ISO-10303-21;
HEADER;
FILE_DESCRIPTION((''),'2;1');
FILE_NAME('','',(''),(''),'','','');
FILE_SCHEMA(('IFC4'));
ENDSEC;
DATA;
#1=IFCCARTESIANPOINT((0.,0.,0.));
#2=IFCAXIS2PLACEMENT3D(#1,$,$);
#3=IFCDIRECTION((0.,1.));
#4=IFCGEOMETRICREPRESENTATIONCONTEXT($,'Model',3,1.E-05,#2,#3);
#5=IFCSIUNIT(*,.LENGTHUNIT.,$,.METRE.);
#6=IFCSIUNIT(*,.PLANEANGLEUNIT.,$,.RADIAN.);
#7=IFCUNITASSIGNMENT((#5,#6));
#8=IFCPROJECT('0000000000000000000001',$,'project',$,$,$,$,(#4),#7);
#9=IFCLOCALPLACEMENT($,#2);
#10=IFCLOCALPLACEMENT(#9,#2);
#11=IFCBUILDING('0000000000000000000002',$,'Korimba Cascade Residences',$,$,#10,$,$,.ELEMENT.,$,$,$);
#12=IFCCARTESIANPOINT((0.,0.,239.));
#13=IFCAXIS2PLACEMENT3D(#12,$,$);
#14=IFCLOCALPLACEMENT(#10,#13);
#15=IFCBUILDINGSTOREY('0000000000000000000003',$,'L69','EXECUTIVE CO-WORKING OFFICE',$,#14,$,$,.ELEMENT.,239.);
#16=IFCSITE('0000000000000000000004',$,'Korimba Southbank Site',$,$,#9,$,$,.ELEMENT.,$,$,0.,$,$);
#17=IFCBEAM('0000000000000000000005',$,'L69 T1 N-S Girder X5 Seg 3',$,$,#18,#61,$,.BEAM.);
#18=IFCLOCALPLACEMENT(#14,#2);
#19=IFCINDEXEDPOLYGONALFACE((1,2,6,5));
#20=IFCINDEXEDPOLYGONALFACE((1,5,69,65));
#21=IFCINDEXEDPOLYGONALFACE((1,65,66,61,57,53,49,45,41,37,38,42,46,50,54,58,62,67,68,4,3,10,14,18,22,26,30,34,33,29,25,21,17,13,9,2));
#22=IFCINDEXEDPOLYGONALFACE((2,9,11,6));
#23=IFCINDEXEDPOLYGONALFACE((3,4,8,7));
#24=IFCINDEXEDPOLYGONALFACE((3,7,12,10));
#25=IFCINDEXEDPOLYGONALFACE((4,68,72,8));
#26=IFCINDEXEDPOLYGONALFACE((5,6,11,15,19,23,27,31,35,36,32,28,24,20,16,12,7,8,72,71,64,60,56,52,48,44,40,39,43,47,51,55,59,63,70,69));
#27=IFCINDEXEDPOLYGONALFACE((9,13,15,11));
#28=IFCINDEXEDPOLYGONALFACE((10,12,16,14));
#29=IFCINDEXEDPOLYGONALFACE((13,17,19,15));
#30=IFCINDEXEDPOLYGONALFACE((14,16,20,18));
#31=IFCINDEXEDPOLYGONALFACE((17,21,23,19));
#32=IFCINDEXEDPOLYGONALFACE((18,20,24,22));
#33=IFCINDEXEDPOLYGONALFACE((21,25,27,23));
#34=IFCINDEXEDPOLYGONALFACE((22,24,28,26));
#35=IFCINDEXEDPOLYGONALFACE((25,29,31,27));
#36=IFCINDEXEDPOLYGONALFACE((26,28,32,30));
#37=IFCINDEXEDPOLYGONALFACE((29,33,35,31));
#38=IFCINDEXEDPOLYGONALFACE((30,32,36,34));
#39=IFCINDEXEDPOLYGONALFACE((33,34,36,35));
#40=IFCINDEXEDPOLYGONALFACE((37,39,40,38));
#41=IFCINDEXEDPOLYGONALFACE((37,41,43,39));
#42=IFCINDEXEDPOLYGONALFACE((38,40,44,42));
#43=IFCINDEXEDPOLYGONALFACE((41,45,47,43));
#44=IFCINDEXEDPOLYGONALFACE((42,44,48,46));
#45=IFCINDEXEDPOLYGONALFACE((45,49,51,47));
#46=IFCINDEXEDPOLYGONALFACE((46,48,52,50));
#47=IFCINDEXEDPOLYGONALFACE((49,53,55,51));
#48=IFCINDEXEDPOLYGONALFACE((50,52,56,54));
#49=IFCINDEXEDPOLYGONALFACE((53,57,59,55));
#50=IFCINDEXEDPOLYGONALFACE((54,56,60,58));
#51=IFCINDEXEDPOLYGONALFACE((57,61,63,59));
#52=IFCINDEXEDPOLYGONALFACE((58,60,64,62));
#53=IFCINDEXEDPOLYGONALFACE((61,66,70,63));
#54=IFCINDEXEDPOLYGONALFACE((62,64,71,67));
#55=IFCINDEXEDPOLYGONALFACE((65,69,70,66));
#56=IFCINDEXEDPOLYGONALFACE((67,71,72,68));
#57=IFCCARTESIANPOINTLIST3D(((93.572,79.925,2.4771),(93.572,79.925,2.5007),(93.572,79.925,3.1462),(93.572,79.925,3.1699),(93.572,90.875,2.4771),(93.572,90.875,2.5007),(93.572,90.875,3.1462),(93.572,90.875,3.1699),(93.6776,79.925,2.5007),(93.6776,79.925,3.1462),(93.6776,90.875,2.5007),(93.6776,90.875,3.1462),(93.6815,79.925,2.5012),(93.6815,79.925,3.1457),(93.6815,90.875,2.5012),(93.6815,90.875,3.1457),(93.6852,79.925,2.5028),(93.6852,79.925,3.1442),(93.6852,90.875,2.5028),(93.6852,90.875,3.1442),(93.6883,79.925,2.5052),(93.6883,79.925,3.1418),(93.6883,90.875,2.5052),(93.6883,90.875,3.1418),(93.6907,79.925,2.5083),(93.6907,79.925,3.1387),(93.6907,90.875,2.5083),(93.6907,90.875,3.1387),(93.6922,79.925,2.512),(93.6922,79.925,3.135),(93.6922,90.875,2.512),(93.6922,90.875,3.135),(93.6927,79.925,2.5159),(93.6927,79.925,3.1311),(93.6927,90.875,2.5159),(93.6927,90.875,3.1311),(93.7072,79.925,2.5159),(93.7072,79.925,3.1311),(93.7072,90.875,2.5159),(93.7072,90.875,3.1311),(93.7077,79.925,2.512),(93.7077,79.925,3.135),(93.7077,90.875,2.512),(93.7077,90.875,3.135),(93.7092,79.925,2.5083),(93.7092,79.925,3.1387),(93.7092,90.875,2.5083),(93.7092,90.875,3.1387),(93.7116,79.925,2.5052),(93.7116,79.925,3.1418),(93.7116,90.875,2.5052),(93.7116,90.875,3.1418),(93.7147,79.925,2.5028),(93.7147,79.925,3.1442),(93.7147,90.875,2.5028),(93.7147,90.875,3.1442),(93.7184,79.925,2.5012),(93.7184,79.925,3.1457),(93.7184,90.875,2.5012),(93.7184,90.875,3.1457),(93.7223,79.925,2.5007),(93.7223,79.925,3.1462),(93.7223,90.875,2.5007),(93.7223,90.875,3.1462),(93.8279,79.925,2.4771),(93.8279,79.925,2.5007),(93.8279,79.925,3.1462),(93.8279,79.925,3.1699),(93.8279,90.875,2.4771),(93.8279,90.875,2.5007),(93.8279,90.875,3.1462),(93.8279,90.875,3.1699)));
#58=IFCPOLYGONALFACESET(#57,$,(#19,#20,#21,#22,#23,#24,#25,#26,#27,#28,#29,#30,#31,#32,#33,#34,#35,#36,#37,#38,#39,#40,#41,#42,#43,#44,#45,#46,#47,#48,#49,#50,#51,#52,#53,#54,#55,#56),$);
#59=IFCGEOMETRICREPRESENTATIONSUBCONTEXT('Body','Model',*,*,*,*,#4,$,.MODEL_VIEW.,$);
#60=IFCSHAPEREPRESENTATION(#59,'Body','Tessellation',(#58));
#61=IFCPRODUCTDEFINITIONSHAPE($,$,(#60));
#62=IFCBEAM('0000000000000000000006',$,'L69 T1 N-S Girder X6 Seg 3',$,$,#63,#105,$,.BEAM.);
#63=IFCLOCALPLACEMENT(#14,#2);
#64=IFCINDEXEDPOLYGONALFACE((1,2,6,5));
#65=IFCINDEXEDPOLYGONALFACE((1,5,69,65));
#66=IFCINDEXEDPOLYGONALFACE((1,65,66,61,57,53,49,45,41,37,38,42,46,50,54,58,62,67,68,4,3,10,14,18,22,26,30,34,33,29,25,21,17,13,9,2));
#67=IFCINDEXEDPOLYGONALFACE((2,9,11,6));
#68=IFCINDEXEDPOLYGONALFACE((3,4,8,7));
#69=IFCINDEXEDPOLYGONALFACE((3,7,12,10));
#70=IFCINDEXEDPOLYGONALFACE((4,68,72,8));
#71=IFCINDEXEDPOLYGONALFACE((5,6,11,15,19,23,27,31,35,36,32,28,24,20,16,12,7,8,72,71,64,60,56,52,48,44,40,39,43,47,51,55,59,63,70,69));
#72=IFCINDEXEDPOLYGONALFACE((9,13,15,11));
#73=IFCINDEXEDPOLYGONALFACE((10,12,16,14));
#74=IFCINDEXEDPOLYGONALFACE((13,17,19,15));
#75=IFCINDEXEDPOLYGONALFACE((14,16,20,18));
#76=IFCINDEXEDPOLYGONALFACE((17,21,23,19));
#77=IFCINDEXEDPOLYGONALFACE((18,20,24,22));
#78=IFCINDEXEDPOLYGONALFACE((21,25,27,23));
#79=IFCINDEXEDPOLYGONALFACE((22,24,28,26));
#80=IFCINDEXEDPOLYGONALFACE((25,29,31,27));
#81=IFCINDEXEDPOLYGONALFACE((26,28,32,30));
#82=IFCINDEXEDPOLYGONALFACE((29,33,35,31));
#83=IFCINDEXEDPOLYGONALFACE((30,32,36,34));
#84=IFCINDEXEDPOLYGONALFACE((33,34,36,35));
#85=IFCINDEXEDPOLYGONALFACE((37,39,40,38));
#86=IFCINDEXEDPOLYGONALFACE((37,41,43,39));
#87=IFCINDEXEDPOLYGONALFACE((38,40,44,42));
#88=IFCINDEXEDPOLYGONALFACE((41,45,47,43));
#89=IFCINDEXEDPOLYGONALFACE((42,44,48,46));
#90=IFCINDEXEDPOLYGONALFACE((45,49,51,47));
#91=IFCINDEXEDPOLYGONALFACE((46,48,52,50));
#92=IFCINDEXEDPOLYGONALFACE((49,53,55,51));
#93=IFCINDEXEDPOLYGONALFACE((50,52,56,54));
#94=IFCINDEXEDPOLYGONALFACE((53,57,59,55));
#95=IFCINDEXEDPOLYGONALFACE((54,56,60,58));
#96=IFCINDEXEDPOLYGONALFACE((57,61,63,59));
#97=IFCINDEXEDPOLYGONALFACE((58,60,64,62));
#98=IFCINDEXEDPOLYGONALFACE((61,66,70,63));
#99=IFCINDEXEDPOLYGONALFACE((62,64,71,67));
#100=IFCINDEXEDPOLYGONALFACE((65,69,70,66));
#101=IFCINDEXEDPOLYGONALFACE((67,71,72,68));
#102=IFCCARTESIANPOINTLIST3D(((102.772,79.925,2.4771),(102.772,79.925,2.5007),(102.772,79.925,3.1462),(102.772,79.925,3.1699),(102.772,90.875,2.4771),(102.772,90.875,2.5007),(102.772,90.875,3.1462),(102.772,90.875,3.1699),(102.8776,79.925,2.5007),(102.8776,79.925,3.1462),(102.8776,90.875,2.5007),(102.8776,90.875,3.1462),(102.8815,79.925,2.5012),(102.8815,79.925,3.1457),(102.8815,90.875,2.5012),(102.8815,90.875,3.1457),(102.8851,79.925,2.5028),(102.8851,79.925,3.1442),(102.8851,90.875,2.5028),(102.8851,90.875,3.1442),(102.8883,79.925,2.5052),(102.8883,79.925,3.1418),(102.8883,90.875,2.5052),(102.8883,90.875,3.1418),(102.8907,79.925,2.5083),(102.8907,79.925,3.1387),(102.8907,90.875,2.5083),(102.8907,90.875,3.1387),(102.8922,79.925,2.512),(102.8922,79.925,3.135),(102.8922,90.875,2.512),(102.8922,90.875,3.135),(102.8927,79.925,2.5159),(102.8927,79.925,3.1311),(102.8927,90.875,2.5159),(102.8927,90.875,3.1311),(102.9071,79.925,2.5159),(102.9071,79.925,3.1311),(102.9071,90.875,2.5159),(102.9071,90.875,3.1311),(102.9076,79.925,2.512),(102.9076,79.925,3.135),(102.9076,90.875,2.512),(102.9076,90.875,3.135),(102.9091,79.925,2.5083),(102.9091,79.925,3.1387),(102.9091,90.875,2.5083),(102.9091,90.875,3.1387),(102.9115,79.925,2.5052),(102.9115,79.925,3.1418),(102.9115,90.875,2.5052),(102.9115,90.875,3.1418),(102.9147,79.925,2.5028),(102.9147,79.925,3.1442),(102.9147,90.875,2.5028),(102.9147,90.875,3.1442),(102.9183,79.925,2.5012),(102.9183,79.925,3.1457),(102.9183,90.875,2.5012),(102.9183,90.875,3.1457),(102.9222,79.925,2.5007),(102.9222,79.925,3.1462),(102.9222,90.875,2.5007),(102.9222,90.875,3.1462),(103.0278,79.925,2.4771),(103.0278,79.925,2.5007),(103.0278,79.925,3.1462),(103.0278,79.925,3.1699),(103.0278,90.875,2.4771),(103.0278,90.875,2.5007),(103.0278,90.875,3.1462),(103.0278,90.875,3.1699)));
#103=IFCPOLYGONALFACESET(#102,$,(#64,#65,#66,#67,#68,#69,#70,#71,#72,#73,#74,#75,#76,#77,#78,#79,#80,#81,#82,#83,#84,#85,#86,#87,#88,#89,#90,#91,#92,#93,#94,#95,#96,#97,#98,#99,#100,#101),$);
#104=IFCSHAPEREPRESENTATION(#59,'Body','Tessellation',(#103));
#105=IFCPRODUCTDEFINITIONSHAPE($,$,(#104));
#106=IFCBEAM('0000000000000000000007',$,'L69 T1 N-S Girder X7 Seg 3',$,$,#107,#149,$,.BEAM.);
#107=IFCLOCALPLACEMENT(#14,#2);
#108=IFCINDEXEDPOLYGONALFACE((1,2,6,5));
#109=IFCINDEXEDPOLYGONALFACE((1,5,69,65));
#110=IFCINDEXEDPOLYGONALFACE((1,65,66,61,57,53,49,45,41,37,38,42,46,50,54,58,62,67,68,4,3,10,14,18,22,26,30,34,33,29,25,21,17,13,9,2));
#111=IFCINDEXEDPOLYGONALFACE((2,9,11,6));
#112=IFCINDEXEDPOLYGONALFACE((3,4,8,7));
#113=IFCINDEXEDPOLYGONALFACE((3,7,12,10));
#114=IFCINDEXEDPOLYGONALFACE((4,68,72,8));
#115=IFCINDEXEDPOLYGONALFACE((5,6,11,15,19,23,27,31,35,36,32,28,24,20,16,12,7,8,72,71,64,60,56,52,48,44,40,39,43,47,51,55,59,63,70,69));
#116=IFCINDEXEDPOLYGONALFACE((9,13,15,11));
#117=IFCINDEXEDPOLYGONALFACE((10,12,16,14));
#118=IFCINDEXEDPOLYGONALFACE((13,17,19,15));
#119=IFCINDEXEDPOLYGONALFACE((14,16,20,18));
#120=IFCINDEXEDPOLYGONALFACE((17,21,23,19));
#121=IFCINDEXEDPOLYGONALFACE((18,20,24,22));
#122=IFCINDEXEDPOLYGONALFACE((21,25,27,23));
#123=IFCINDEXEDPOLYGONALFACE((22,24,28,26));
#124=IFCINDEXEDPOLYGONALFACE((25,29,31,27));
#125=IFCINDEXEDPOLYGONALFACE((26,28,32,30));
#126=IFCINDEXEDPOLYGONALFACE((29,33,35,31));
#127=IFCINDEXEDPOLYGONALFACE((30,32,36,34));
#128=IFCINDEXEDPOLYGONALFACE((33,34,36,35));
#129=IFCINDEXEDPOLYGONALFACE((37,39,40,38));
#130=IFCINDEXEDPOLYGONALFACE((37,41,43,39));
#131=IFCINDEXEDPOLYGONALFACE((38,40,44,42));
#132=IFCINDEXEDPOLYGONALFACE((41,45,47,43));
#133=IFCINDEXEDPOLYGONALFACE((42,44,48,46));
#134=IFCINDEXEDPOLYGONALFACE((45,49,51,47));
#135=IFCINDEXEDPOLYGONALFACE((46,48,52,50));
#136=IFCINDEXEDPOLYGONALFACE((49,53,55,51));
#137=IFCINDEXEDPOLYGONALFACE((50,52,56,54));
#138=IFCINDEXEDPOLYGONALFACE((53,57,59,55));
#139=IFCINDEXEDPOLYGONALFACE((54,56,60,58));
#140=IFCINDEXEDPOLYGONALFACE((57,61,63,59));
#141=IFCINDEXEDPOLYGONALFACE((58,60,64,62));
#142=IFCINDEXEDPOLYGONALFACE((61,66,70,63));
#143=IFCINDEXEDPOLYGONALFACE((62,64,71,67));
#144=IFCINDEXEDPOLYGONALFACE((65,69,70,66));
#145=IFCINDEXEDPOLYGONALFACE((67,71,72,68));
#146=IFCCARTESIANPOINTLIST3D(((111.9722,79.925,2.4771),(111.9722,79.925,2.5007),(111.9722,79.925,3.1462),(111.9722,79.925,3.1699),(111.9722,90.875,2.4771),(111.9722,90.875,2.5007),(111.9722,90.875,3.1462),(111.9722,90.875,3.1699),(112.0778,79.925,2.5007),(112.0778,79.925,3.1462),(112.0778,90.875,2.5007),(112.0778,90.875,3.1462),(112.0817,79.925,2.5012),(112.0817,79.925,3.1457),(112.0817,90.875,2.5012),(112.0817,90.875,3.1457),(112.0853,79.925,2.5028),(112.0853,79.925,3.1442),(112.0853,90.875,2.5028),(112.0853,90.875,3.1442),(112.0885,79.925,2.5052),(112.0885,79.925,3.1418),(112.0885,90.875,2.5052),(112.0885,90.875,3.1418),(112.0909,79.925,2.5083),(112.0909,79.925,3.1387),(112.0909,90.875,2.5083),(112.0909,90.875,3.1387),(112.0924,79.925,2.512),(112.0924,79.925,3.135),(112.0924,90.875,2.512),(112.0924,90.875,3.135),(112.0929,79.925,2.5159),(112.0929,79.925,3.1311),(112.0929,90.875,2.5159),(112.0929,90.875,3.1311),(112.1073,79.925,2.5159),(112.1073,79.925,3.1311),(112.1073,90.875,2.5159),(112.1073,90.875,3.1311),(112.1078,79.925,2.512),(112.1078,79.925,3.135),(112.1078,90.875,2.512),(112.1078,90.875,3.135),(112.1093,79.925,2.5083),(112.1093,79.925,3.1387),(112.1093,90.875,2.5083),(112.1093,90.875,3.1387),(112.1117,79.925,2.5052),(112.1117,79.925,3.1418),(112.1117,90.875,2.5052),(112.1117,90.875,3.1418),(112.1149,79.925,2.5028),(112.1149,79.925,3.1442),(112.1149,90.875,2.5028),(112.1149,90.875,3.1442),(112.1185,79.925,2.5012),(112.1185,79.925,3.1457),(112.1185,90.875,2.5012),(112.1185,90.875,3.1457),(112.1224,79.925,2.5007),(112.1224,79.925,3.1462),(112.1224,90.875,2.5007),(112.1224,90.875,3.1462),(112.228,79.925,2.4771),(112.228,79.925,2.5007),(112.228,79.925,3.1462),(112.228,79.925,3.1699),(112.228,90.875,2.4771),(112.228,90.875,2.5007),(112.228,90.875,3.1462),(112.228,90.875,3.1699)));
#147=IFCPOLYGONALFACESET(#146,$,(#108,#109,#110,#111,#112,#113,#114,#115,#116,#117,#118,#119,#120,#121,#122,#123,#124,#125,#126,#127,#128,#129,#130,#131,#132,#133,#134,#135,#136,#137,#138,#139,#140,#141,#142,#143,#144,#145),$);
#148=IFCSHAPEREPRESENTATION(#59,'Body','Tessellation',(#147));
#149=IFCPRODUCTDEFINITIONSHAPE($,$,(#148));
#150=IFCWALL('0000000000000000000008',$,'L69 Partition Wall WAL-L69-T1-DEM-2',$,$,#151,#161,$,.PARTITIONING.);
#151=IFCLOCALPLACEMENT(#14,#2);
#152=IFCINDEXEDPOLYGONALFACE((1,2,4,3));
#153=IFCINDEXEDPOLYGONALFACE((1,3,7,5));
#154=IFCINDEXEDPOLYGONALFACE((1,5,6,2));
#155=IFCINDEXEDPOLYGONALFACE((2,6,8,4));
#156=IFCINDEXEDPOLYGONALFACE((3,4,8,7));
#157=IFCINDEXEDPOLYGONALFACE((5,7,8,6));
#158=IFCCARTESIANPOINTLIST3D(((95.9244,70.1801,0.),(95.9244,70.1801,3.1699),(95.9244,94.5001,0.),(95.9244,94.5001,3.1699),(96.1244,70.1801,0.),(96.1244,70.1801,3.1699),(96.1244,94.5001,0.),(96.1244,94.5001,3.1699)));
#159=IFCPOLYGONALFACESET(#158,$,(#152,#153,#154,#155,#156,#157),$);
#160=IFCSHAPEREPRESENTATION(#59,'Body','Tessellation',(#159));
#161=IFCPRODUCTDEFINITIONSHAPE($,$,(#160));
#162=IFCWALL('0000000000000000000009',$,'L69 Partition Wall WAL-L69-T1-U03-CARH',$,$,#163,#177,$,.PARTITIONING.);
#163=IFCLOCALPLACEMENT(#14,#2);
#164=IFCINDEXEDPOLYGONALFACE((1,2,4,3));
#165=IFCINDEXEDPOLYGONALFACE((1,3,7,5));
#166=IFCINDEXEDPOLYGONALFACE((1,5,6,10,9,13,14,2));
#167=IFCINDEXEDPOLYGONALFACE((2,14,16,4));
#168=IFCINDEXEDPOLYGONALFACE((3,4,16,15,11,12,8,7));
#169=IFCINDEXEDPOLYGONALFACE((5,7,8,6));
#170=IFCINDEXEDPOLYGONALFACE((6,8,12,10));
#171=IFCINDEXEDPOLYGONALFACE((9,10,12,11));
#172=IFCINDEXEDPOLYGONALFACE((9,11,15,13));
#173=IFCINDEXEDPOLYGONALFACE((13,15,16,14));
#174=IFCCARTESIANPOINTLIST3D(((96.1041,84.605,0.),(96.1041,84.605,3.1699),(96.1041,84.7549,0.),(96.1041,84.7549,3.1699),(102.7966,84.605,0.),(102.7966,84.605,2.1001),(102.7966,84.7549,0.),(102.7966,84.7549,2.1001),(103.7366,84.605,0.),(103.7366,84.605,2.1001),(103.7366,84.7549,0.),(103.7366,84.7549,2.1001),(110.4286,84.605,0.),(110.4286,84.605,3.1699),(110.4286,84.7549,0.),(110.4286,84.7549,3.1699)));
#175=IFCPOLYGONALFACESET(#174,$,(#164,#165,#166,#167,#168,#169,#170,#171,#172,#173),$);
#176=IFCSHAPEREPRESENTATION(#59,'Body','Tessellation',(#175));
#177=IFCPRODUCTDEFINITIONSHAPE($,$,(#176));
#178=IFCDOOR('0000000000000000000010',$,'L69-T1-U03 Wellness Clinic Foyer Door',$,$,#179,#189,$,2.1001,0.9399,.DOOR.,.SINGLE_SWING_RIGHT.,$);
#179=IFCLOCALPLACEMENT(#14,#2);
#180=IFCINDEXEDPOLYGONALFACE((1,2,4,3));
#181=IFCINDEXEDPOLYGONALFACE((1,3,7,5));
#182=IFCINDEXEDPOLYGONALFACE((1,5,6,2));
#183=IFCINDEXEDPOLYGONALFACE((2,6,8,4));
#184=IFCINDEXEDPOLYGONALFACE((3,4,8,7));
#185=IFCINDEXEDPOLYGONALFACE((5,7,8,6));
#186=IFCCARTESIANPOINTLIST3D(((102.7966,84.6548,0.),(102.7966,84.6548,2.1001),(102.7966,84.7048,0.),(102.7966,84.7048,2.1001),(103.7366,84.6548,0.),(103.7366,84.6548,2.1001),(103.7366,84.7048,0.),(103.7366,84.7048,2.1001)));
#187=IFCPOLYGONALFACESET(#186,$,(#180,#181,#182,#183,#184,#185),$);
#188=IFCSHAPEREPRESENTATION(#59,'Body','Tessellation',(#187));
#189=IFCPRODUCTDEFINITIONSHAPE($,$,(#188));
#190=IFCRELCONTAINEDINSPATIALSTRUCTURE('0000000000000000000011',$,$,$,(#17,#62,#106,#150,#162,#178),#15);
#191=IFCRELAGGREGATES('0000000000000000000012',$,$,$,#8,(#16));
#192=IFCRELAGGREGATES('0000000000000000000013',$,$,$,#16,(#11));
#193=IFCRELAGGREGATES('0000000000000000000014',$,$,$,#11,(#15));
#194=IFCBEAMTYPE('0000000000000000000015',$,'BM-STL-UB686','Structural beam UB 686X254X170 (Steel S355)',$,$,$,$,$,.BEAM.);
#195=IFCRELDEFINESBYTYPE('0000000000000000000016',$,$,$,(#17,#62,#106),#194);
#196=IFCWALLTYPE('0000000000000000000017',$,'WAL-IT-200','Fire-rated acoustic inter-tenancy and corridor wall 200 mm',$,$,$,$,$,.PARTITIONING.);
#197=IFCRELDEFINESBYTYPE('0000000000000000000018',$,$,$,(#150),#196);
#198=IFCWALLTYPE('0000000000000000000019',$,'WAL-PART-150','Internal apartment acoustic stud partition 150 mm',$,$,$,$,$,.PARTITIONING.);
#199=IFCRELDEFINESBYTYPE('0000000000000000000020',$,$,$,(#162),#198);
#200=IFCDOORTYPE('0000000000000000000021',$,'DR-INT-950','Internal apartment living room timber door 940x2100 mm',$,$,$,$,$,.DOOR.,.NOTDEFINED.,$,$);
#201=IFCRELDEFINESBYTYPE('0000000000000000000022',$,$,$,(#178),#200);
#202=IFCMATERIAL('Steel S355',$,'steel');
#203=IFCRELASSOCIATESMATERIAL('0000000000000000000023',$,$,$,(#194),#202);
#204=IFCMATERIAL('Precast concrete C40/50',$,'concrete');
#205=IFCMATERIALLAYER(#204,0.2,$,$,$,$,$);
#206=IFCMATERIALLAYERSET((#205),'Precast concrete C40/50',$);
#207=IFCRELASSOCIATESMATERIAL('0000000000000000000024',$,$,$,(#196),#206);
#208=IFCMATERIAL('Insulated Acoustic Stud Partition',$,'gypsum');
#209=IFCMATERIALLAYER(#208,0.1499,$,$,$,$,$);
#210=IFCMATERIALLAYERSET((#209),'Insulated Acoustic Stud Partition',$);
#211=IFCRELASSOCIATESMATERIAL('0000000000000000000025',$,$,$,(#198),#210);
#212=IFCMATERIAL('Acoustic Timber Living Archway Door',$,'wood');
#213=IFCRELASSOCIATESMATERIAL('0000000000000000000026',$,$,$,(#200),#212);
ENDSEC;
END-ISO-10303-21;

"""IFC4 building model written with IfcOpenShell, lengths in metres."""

from ifc_helpers import new_model, si_unit, direction, frame, frame_2d, origin, origin_2d, place, context, subcontext, project, spatial, rectangle, i_section, extrude, material, layer, layer_set, material_profile, profile_set, type_object, element, fill, save


model = new_model("IFC4")

# Units and contexts
model_context = context("Model", 3, precision=1e-05, world=origin(), true_north=direction((0.0, 1.0)))
body_context = subcontext(model_context, "Body", "Model", "MODEL_VIEW")
ifc_project = project(units=[si_unit("LENGTHUNIT", "METRE"), si_unit("PLANEANGLEUNIT", "RADIAN")], contexts=[model_context])

# Site, building, storey
site_placement = place(None, origin())
site = spatial("IfcSite", under=ifc_project, at=site_placement, Name="Korimba Southbank Site", CompositionType="ELEMENT", RefElevation=0.0)
building_placement = place(site_placement, origin())
building = spatial("IfcBuilding", under=site, at=building_placement, Name="Korimba Cascade Residences", CompositionType="ELEMENT")
storey_placement = place(building_placement, frame((0.0, 0.0, 239.0)))
storey = spatial("IfcBuildingStorey", under=building, at=storey_placement, Name="L69", Description="EXECUTIVE CO-WORKING OFFICE", CompositionType="ELEMENT", Elevation=239.0)

# Beams
ifc_material_1 = material(Name="Steel S355", Category="steel")
ifc_material_profile_1 = material_profile(ifc_material_1, i_section(OverallWidth=0.2559, OverallDepth=0.6929, WebThickness=0.0144, FlangeThickness=0.0237, FilletRadius=0.0151, at=origin_2d()), Name="Steel S355")
ifc_profile_set_1 = profile_set([ifc_material_profile_1], Name="Steel S355")
beam_type_1 = type_object("IfcBeamType", Name="BM-STL-UB686", Description="Structural beam UB 686X254X170 (Steel S355)", PredefinedType="BEAM", material=ifc_profile_set_1)
for number, where, z_axis, x_axis, name in (
    (1, (93.7, 79.925, 2.8235), (0.0, 1.0, 0.0), (-1.0, 0.0, 0.0), "L69 T1 N-S Girder X5 Seg 3"),
    (2, (102.8999, 79.925, 2.8235), (0.0, 1.0, 0.0), (-1.0, 0.0, 0.0), "L69 T1 N-S Girder X6 Seg 3"),
    (3, (112.1001, 79.925, 2.8235), (0.0, 1.0, 0.0), (-1.0, 0.0, 0.0), "L69 T1 N-S Girder X7 Seg 3"),
):
    element("IfcBeam", number, at=place(storey_placement, frame(where, z_axis=z_axis, x_axis=x_axis)), inside=storey, type_object=beam_type_1, Name=name, PredefinedType="BEAM", context=body_context, shape_type="SweptSolid", body=[
        extrude(i_section(OverallWidth=0.2559, OverallDepth=0.6929, WebThickness=0.0144, FlangeThickness=0.0237, FilletRadius=0.0151, at=origin_2d()), origin(), (0.0, 0.0, 1.0), 10.95),
    ])

# Wall
ifc_material_2 = material(Name="Precast concrete C40/50", Category="concrete")
ifc_layer_1 = layer(ifc_material_2, 0.2)
ifc_layer_set_1 = layer_set([ifc_layer_1], Name="Precast concrete C40/50")
wall_type_1 = type_object("IfcWallType", Name="WAL-IT-200", Description="Fire-rated acoustic inter-tenancy and corridor wall 200 mm", PredefinedType="PARTITIONING", material=ifc_layer_set_1)
wall_1_placement = place(storey_placement, frame((96.0244, 70.1799, 0.0), z_axis=(0.0, 0.0, 1.0), x_axis=(0.0, 1.0, 0.0)))
element("IfcWall", 4, at=wall_1_placement, inside=storey, type_object=wall_type_1, Name="L69 Partition Wall WAL-L69-T1-DEM-2", PredefinedType="PARTITIONING", context=body_context, shape_type="SweptSolid", body=[
    extrude(rectangle(XDim=24.3201, YDim=0.2, at=frame_2d((12.1602, 0.0))), origin(), (0.0, 0.0, 1.0), 3.1699),
])

# Wall, opening, door
ifc_material_3 = material(Name="Insulated Acoustic Stud Partition", Category="gypsum")
ifc_layer_2 = layer(ifc_material_3, 0.1499)
ifc_layer_set_2 = layer_set([ifc_layer_2], Name="Insulated Acoustic Stud Partition")
wall_type_2 = type_object("IfcWallType", Name="WAL-PART-150", Description="Internal apartment acoustic stud partition 150 mm", PredefinedType="PARTITIONING", material=ifc_layer_set_2)
wall_2_placement = place(storey_placement, frame((96.1042, 84.6799, 0.0), z_axis=(0.0, 0.0, 1.0), x_axis=(1.0, 0.0, 0.0)))
wall_2 = element("IfcWall", 5, at=wall_2_placement, inside=storey, type_object=wall_type_2, Name="L69 Partition Wall WAL-L69-T1-U03-CARH", PredefinedType="PARTITIONING", context=body_context, shape_type="SweptSolid", body=[
    extrude(rectangle(XDim=14.3245, YDim=0.1499, at=frame_2d((7.1621, 0.0))), origin(), (0.0, 0.0, 1.0), 3.1699),
])
opening_1_placement = place(wall_2_placement, frame((6.6924, 0.0, 0.0)))
opening_1 = element("IfcOpeningElement", 6, at=opening_1_placement, cuts=wall_2, PredefinedType="OPENING", context=body_context, shape_type="SweptSolid", body=[
    extrude(rectangle(XDim=0.9399, YDim=2.1001, at=frame_2d((0.47, 1.05))), frame((0.0, 0.085, 0.0), z_axis=(0.0, -1.0, 0.0), x_axis=(1.0, 0.0, 0.0)), (0.0, 0.0, 1.0), 0.1699),
])
ifc_material_4 = material(Name="Acoustic Timber Living Archway Door", Category="wood")
door_type_1 = type_object("IfcDoorType", Name="DR-INT-950", Description="Internal apartment living room timber door 940x2100 mm", OperationType="NOTDEFINED", PredefinedType="DOOR", material=ifc_material_4)
door_1_placement = place(opening_1_placement, origin())
door_1 = element("IfcDoor", 7, at=door_1_placement, inside=storey, type_object=door_type_1, Name="L69-T1-U03 Wellness Clinic Foyer Door", OperationType="SINGLE_SWING_RIGHT", OverallHeight=2.1001, OverallWidth=0.9399, PredefinedType="DOOR", context=body_context, shape_type="SweptSolid", body=[
    extrude(rectangle(XDim=0.9399, YDim=2.1001, at=frame_2d((0.47, 1.05))), frame((0.0, 0.0249, 0.0), z_axis=(0.0, -1.0, 0.0), x_axis=(1.0, 0.0, 0.0)), (0.0, 0.0, 1.0), 0.05),
])
fill(opening_1, door_1)

save(model, "model.ifc")
